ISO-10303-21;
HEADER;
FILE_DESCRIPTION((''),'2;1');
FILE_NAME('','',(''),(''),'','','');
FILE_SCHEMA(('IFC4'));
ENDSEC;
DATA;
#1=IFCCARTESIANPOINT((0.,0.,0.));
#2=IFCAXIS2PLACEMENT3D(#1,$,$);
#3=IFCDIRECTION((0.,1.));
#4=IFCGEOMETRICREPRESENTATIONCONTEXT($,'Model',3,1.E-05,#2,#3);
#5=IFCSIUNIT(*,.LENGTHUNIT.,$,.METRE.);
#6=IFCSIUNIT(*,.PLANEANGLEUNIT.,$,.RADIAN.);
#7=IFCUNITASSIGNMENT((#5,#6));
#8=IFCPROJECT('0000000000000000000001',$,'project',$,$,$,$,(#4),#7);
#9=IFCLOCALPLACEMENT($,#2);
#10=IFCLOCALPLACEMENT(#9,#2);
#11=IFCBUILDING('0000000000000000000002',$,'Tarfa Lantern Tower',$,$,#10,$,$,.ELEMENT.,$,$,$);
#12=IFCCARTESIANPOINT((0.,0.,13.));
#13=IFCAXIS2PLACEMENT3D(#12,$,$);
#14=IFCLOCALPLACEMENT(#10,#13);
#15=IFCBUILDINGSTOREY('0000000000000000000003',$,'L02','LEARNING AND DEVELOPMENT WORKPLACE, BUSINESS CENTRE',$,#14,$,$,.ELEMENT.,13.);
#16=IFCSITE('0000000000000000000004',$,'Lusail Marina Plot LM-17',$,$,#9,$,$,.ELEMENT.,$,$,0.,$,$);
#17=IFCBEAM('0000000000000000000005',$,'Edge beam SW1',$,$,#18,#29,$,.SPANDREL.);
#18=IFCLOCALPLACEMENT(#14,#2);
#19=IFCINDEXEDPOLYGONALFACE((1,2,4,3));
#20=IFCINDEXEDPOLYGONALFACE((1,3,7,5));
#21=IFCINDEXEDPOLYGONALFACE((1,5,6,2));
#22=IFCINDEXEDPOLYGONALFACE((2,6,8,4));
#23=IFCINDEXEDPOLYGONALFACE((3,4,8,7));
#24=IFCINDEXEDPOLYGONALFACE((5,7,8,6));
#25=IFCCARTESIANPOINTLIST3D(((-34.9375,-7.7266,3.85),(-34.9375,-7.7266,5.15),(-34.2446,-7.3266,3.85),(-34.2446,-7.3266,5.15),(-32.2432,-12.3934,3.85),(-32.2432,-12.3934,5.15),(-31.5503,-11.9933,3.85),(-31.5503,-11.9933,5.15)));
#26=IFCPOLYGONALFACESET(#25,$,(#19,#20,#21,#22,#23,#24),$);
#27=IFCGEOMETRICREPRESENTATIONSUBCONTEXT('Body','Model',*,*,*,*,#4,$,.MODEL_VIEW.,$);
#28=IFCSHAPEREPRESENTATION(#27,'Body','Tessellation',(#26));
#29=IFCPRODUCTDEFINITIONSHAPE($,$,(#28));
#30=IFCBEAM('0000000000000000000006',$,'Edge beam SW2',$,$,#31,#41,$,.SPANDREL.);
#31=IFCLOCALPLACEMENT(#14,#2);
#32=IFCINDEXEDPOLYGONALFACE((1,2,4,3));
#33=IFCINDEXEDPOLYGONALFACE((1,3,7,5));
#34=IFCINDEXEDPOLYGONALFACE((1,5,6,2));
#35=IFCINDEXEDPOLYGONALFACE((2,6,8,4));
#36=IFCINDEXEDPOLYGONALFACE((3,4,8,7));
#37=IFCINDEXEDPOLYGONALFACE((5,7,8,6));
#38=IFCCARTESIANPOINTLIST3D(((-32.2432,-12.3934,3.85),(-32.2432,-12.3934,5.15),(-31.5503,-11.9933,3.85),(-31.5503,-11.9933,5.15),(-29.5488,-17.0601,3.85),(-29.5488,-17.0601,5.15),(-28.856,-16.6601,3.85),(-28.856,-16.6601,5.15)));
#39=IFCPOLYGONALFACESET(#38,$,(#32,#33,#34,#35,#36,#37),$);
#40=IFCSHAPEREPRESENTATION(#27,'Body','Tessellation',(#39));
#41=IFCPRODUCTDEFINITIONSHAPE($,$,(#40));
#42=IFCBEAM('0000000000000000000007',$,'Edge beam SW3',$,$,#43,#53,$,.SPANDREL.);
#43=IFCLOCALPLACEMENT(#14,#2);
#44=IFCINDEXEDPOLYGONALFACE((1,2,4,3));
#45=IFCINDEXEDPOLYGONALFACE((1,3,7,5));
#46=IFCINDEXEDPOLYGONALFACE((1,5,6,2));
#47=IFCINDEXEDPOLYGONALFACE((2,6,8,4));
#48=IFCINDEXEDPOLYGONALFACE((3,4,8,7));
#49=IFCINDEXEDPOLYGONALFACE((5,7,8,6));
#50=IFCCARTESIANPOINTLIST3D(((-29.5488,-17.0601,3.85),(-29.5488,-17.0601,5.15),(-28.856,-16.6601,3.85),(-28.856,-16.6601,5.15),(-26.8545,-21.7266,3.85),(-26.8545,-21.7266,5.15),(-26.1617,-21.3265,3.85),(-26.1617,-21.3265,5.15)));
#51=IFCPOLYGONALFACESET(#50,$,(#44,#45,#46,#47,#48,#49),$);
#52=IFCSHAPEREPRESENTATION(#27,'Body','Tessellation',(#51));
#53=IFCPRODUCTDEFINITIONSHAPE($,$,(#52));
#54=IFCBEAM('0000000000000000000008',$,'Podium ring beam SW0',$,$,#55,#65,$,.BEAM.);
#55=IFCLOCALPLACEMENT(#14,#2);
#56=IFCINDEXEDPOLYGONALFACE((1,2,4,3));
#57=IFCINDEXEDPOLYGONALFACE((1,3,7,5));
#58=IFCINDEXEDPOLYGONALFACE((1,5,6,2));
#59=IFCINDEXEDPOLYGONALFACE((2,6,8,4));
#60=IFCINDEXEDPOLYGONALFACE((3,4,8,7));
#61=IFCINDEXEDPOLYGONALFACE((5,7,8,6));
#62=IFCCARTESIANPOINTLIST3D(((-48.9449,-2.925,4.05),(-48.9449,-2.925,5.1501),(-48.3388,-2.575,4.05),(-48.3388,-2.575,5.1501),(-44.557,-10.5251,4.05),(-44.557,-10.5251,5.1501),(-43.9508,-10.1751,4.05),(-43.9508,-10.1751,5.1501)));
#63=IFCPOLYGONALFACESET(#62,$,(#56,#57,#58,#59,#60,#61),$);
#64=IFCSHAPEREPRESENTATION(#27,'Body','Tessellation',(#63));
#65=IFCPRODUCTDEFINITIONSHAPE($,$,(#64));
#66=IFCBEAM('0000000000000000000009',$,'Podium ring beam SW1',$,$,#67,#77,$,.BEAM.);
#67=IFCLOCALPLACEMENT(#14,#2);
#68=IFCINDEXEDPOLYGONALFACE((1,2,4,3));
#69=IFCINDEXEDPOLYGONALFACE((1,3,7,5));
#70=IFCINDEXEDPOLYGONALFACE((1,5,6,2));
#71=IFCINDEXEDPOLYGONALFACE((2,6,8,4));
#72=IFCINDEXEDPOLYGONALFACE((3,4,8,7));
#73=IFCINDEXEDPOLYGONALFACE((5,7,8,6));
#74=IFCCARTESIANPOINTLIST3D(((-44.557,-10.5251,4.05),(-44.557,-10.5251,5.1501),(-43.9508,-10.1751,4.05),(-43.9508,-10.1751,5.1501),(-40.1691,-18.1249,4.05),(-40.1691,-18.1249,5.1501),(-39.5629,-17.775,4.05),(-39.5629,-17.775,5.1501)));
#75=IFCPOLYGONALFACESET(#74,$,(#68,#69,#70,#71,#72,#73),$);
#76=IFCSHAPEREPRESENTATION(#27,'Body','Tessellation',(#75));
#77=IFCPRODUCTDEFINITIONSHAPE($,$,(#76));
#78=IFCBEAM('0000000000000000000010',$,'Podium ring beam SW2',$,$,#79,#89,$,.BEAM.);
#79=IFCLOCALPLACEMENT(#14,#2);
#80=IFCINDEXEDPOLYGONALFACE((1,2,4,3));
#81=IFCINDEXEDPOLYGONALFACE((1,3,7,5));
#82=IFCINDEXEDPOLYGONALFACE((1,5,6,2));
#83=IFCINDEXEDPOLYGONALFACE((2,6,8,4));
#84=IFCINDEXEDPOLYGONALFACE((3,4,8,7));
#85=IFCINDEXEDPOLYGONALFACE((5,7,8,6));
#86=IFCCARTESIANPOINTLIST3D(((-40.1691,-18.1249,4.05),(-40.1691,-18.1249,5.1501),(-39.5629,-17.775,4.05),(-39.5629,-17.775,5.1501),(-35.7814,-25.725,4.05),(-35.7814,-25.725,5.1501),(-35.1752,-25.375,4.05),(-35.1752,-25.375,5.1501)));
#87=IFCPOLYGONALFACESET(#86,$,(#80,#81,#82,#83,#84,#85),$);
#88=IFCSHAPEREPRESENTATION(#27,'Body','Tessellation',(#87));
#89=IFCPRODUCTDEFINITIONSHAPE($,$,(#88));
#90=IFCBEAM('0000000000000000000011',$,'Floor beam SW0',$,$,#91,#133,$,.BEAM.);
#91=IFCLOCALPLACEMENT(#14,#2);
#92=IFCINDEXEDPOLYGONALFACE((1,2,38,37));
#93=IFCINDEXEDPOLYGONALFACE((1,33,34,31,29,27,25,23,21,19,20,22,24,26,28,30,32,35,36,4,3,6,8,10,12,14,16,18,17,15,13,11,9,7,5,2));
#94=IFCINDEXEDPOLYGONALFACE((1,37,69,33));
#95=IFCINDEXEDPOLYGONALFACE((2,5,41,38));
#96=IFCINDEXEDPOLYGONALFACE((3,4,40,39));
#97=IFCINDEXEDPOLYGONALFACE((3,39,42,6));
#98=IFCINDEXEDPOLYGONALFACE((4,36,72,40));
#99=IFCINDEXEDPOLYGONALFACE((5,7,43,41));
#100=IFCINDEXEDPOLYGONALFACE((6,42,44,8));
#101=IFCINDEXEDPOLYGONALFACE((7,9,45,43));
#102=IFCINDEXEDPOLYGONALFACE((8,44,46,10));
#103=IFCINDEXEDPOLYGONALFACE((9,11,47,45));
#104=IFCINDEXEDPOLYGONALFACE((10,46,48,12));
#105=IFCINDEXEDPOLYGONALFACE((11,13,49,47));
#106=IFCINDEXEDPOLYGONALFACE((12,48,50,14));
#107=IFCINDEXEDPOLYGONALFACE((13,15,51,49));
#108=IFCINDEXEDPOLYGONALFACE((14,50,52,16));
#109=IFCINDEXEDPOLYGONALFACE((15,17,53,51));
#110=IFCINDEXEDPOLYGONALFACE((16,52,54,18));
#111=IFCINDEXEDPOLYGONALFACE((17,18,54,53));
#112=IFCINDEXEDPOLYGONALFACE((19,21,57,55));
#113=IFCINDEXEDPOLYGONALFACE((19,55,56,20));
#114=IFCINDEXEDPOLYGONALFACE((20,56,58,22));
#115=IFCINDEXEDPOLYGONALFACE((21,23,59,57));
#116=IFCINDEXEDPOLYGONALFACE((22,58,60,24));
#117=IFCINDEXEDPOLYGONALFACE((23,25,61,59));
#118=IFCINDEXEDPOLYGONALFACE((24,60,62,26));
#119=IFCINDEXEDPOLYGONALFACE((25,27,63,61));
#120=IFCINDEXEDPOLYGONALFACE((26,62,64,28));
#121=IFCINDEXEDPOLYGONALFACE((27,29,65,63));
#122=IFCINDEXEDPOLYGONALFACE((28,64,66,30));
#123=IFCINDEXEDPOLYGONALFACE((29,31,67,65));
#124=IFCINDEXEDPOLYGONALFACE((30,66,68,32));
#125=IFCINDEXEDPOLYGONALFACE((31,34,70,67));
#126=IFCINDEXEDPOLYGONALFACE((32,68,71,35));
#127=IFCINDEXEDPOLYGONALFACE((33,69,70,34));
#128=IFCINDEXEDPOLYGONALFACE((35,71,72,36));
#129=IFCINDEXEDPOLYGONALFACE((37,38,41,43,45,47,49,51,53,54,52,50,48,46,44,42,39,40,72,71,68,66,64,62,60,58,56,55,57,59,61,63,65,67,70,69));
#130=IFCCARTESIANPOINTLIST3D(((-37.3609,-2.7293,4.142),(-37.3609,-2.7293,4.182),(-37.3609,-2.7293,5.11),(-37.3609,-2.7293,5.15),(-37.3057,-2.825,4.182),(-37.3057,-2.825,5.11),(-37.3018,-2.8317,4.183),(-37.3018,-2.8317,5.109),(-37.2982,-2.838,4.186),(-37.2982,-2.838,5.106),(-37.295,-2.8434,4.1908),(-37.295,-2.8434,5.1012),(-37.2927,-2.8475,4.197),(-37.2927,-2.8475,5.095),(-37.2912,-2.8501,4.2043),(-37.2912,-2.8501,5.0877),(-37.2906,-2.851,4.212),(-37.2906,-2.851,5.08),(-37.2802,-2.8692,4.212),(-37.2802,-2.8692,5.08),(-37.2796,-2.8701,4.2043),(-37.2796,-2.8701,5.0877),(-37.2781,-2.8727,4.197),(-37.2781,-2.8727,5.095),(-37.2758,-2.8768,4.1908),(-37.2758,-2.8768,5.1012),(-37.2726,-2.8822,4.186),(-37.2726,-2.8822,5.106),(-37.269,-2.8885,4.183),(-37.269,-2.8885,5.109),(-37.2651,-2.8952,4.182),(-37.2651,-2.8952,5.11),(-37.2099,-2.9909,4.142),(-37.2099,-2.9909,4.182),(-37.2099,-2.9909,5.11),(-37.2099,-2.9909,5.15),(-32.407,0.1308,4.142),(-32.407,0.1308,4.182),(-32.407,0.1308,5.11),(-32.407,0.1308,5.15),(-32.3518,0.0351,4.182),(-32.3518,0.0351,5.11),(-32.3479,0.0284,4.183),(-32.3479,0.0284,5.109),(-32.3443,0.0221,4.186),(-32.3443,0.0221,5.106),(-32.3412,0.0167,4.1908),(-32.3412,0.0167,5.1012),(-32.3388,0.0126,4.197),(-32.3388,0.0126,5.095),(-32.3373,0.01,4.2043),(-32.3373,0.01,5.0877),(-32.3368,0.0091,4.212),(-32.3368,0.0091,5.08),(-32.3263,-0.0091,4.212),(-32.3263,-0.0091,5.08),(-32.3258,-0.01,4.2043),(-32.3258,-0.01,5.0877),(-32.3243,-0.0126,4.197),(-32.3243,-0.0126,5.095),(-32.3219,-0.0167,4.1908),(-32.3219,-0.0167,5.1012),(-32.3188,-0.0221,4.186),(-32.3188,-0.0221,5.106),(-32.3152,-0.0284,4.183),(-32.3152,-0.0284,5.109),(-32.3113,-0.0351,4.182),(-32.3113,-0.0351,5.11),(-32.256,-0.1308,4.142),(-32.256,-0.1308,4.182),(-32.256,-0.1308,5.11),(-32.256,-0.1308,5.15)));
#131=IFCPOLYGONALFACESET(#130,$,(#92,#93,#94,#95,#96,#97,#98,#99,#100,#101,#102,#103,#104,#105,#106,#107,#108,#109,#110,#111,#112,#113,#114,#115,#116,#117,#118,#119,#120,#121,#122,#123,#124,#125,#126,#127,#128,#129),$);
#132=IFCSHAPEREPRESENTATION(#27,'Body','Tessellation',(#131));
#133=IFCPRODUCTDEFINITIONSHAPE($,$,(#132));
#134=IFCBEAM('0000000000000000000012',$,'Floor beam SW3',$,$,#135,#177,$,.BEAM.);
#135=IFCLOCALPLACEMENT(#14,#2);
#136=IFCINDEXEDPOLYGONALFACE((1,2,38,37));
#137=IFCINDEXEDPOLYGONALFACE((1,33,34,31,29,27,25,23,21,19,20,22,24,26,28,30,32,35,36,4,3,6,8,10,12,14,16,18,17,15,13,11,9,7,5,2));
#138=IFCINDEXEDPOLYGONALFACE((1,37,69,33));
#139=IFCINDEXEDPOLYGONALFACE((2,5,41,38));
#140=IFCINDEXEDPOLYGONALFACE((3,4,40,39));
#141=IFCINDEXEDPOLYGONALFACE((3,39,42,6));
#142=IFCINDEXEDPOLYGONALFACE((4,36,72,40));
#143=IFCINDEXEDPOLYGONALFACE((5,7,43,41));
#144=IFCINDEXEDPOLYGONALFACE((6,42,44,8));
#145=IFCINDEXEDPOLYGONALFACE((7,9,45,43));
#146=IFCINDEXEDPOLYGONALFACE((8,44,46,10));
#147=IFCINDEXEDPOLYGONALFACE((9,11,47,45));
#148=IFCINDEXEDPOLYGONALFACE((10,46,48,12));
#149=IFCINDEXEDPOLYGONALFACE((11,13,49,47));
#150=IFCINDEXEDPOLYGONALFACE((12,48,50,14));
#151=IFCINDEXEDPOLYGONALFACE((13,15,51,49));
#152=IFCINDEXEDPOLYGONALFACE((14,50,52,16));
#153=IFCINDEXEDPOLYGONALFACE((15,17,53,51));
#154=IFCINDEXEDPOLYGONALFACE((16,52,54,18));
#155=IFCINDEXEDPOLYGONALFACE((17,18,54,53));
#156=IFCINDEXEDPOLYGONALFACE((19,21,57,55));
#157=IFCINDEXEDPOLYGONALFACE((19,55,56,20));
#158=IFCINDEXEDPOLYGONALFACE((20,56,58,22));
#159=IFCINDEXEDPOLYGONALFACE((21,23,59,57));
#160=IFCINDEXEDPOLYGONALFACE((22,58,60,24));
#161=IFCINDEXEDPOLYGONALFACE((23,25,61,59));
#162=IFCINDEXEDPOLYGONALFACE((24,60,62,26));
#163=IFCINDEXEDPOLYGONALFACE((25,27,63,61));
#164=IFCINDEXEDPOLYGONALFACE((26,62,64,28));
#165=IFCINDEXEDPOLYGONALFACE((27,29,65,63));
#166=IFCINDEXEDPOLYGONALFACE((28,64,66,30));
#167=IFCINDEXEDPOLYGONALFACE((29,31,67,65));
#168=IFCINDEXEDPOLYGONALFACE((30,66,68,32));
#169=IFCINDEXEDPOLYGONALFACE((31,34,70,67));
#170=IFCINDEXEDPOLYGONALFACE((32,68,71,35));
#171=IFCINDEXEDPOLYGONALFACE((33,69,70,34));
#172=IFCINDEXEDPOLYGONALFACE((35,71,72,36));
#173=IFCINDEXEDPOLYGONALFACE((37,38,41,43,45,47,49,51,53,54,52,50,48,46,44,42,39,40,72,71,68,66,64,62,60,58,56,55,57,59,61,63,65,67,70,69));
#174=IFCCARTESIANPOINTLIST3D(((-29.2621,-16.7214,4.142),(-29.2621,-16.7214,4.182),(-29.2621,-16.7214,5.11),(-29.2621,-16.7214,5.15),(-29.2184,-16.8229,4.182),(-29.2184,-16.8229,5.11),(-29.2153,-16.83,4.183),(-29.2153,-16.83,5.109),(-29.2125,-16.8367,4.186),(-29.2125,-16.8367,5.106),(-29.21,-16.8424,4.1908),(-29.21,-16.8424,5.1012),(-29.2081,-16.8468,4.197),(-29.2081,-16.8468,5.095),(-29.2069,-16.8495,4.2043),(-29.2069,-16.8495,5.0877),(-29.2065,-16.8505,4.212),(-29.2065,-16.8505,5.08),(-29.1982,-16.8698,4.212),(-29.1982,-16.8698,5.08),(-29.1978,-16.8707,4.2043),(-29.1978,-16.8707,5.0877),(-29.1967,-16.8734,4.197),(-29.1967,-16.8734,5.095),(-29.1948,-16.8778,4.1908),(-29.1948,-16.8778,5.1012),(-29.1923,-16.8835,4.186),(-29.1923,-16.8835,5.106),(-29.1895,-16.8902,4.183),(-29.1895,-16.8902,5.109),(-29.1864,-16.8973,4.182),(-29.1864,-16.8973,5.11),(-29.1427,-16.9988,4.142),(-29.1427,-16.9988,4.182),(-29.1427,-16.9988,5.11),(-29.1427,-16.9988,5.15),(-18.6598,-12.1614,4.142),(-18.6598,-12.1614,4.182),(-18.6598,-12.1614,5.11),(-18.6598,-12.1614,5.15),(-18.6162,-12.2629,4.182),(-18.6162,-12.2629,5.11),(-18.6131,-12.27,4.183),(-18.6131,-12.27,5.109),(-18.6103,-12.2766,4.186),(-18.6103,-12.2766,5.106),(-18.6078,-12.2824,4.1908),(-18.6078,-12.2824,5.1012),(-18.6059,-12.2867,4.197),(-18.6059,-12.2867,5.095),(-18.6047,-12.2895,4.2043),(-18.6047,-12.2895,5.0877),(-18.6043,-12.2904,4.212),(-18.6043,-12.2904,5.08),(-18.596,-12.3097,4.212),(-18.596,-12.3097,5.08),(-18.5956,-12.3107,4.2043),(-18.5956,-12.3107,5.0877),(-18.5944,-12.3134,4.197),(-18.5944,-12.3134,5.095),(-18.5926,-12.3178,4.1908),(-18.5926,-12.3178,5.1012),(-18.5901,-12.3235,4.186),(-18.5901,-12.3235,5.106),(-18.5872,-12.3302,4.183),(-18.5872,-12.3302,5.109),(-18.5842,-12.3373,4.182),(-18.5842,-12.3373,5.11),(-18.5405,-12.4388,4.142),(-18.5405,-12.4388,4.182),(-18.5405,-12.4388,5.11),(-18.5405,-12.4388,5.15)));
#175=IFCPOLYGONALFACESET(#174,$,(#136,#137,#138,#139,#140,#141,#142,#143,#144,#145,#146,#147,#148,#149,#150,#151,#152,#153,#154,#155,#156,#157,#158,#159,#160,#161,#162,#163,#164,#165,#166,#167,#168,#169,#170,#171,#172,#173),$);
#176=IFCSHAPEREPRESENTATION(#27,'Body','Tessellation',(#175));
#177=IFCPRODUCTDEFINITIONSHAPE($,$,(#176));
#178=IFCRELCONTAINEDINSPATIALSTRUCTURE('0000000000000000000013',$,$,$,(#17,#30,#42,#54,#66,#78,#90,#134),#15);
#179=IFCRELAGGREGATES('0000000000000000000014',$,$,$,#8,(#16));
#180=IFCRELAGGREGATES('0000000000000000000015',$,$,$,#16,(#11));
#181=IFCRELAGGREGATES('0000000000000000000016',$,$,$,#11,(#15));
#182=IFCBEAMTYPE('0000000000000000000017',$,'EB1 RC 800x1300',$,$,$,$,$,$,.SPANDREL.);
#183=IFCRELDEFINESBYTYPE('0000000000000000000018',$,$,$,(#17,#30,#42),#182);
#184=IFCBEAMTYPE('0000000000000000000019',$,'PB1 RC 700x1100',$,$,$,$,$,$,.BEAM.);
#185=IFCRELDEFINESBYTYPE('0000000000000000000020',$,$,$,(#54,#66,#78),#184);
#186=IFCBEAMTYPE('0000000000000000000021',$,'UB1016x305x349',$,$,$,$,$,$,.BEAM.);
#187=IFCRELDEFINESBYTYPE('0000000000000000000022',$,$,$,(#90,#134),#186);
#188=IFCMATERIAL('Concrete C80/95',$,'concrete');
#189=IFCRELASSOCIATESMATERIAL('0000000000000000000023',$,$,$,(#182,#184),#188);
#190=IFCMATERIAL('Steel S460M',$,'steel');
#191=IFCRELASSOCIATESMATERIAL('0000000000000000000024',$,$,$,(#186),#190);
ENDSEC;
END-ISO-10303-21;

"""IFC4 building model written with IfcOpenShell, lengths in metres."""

from ifc_helpers import new_model, si_unit, direction, frame, origin, origin_2d, place, context, subcontext, project, spatial, rectangle, i_section, extrude, material, material_profile, profile_set, type_object, element, save


model = new_model("IFC4")

# Units and contexts
model_context = context("Model", 3, precision=1e-05, world=origin(), true_north=direction((0.0, 1.0)))
body_context = subcontext(model_context, "Body", "Model", "MODEL_VIEW")
ifc_project = project(units=[si_unit("LENGTHUNIT", "METRE"), si_unit("PLANEANGLEUNIT", "RADIAN")], contexts=[model_context])

# Site, building, storey
site_placement = place(None, origin())
site = spatial("IfcSite", under=ifc_project, at=site_placement, Name="Lusail Marina Plot LM-17", CompositionType="ELEMENT", RefElevation=0.0)
building_placement = place(site_placement, origin())
building = spatial("IfcBuilding", under=site, at=building_placement, Name="Tarfa Lantern Tower", CompositionType="ELEMENT")
storey_placement = place(building_placement, frame((0.0, 0.0, 13.0)))
storey = spatial("IfcBuildingStorey", under=building, at=storey_placement, Name="L02", Description="LEARNING AND DEVELOPMENT WORKPLACE, BUSINESS CENTRE", CompositionType="ELEMENT", Elevation=13.0)

# Shared definitions
ifc_material_1 = material(Name="Concrete C80/95", Category="concrete")

# Beams
ifc_material_profile_1 = material_profile(ifc_material_1, rectangle(XDim=0.8, YDim=1.3, at=origin_2d()), Name="RC 800x1300")
ifc_profile_set_1 = profile_set([ifc_material_profile_1], Name="Concrete C80/95")
beam_type_1 = type_object("IfcBeamType", Name="EB1 RC 800x1300", PredefinedType="SPANDREL", material=ifc_profile_set_1)
for number, where, z_axis, x_axis, name in (
    (1, (-34.5911, -7.5266, 4.5), (0.499998, -0.866026, 0.0), (0.866026, 0.499998, 0.0), "Edge beam SW1"),
    (2, (-31.8967, -12.1934, 4.5), (0.499998, -0.866026, 0.0), (0.866026, 0.499998, 0.0), "Edge beam SW2"),
):
    element("IfcBeam", number, at=place(storey_placement, frame(where, z_axis=z_axis, x_axis=x_axis)), inside=storey, type_object=beam_type_1, Name=name, PredefinedType="SPANDREL", context=body_context, shape_type="SweptSolid", body=[
        extrude(rectangle(XDim=0.8, YDim=1.3, at=origin_2d()), origin(), (0.0, 0.0, 1.0), 5.3887),
    ])
beam_1_placement = place(storey_placement, frame((-29.2024, -16.8601, 4.5), z_axis=(0.500018, -0.866015, 0.0), x_axis=(0.866015, 0.500018, 0.0)))
element("IfcBeam", 3, at=beam_1_placement, inside=storey, type_object=beam_type_1, Name="Edge beam SW3", PredefinedType="SPANDREL", context=body_context, shape_type="SweptSolid", body=[
    extrude(rectangle(XDim=0.8, YDim=1.3, at=origin_2d()), origin(), (0.0, 0.0, 1.0), 5.3884),
])
ifc_material_profile_2 = material_profile(ifc_material_1, rectangle(XDim=0.7, YDim=1.1001, at=origin_2d()), Name="RC 700x1100")
ifc_profile_set_2 = profile_set([ifc_material_profile_2], Name="Concrete C80/95")
beam_type_2 = type_object("IfcBeamType", Name="PB1 RC 700x1100", PredefinedType="BEAM", material=ifc_profile_set_2)
beam_2_placement = place(storey_placement, frame((-48.6418, -2.75, 4.6001), z_axis=(0.500002, -0.866024, 0.0), x_axis=(0.866024, 0.500002, 0.0)))
element("IfcBeam", 4, at=beam_2_placement, inside=storey, type_object=beam_type_2, Name="Podium ring beam SW0", PredefinedType="BEAM", context=body_context, shape_type="SweptSolid", body=[
    extrude(rectangle(XDim=0.7, YDim=1.1001, at=origin_2d()), origin(), (0.0, 0.0, 1.0), 8.7759),
])
for number, where, z_axis, x_axis, name in (
    (5, (-44.2539, -10.3501, 4.6001), (0.500014, -0.866017, 0.0), (0.866017, 0.500014, 0.0), "Podium ring beam SW1"),
    (6, (-39.866, -17.95, 4.6001), (0.499981, -0.866036, 0.0), (0.866036, 0.499981, 0.0), "Podium ring beam SW2"),
):
    element("IfcBeam", number, at=place(storey_placement, frame(where, z_axis=z_axis, x_axis=x_axis)), inside=storey, type_object=beam_type_2, Name=name, PredefinedType="BEAM", context=body_context, shape_type="SweptSolid", body=[
        extrude(rectangle(XDim=0.7, YDim=1.1001, at=origin_2d()), origin(), (0.0, 0.0, 1.0), 8.7756),
    ])
ifc_material_2 = material(Name="Steel S460M", Category="steel")
ifc_material_profile_3 = material_profile(ifc_material_2, i_section(OverallWidth=0.302, OverallDepth=1.0081, WebThickness=0.021, FlangeThickness=0.04, FilletRadius=0.03, at=origin_2d()), Name="UB1016x305x349")
ifc_profile_set_3 = profile_set([ifc_material_profile_3], Name="Steel S460M")
beam_type_3 = type_object("IfcBeamType", Name="UB1016x305x349", PredefinedType="BEAM", material=ifc_profile_set_3)
beam_3_placement = place(storey_placement, frame((-37.2854, -2.8601, 4.646), z_axis=(0.866026, 0.5, 0.0), x_axis=(-0.5, 0.866026, 0.0)))
element("IfcBeam", 7, at=beam_3_placement, inside=storey, type_object=beam_type_3, Name="Floor beam SW0", PredefinedType="BEAM", context=body_context, shape_type="SweptSolid", body=[
    extrude(i_section(OverallWidth=0.302, OverallDepth=1.0081, WebThickness=0.021, FlangeThickness=0.04, FilletRadius=0.03, at=origin_2d()), origin(), (0.0, 0.0, 1.0), 5.7202),
])
beam_4_placement = place(storey_placement, frame((-29.2024, -16.8601, 4.646), z_axis=(0.918635, 0.395106, 0.0), x_axis=(-0.395106, 0.918635, 0.0)))
element("IfcBeam", 8, at=beam_4_placement, inside=storey, type_object=beam_type_3, Name="Floor beam SW3", PredefinedType="BEAM", context=body_context, shape_type="SweptSolid", body=[
    extrude(i_section(OverallWidth=0.302, OverallDepth=1.0081, WebThickness=0.021, FlangeThickness=0.04, FilletRadius=0.03, at=origin_2d()), origin(), (0.0, 0.0, 1.0), 11.5413),
])

save(model, "model.ifc")
